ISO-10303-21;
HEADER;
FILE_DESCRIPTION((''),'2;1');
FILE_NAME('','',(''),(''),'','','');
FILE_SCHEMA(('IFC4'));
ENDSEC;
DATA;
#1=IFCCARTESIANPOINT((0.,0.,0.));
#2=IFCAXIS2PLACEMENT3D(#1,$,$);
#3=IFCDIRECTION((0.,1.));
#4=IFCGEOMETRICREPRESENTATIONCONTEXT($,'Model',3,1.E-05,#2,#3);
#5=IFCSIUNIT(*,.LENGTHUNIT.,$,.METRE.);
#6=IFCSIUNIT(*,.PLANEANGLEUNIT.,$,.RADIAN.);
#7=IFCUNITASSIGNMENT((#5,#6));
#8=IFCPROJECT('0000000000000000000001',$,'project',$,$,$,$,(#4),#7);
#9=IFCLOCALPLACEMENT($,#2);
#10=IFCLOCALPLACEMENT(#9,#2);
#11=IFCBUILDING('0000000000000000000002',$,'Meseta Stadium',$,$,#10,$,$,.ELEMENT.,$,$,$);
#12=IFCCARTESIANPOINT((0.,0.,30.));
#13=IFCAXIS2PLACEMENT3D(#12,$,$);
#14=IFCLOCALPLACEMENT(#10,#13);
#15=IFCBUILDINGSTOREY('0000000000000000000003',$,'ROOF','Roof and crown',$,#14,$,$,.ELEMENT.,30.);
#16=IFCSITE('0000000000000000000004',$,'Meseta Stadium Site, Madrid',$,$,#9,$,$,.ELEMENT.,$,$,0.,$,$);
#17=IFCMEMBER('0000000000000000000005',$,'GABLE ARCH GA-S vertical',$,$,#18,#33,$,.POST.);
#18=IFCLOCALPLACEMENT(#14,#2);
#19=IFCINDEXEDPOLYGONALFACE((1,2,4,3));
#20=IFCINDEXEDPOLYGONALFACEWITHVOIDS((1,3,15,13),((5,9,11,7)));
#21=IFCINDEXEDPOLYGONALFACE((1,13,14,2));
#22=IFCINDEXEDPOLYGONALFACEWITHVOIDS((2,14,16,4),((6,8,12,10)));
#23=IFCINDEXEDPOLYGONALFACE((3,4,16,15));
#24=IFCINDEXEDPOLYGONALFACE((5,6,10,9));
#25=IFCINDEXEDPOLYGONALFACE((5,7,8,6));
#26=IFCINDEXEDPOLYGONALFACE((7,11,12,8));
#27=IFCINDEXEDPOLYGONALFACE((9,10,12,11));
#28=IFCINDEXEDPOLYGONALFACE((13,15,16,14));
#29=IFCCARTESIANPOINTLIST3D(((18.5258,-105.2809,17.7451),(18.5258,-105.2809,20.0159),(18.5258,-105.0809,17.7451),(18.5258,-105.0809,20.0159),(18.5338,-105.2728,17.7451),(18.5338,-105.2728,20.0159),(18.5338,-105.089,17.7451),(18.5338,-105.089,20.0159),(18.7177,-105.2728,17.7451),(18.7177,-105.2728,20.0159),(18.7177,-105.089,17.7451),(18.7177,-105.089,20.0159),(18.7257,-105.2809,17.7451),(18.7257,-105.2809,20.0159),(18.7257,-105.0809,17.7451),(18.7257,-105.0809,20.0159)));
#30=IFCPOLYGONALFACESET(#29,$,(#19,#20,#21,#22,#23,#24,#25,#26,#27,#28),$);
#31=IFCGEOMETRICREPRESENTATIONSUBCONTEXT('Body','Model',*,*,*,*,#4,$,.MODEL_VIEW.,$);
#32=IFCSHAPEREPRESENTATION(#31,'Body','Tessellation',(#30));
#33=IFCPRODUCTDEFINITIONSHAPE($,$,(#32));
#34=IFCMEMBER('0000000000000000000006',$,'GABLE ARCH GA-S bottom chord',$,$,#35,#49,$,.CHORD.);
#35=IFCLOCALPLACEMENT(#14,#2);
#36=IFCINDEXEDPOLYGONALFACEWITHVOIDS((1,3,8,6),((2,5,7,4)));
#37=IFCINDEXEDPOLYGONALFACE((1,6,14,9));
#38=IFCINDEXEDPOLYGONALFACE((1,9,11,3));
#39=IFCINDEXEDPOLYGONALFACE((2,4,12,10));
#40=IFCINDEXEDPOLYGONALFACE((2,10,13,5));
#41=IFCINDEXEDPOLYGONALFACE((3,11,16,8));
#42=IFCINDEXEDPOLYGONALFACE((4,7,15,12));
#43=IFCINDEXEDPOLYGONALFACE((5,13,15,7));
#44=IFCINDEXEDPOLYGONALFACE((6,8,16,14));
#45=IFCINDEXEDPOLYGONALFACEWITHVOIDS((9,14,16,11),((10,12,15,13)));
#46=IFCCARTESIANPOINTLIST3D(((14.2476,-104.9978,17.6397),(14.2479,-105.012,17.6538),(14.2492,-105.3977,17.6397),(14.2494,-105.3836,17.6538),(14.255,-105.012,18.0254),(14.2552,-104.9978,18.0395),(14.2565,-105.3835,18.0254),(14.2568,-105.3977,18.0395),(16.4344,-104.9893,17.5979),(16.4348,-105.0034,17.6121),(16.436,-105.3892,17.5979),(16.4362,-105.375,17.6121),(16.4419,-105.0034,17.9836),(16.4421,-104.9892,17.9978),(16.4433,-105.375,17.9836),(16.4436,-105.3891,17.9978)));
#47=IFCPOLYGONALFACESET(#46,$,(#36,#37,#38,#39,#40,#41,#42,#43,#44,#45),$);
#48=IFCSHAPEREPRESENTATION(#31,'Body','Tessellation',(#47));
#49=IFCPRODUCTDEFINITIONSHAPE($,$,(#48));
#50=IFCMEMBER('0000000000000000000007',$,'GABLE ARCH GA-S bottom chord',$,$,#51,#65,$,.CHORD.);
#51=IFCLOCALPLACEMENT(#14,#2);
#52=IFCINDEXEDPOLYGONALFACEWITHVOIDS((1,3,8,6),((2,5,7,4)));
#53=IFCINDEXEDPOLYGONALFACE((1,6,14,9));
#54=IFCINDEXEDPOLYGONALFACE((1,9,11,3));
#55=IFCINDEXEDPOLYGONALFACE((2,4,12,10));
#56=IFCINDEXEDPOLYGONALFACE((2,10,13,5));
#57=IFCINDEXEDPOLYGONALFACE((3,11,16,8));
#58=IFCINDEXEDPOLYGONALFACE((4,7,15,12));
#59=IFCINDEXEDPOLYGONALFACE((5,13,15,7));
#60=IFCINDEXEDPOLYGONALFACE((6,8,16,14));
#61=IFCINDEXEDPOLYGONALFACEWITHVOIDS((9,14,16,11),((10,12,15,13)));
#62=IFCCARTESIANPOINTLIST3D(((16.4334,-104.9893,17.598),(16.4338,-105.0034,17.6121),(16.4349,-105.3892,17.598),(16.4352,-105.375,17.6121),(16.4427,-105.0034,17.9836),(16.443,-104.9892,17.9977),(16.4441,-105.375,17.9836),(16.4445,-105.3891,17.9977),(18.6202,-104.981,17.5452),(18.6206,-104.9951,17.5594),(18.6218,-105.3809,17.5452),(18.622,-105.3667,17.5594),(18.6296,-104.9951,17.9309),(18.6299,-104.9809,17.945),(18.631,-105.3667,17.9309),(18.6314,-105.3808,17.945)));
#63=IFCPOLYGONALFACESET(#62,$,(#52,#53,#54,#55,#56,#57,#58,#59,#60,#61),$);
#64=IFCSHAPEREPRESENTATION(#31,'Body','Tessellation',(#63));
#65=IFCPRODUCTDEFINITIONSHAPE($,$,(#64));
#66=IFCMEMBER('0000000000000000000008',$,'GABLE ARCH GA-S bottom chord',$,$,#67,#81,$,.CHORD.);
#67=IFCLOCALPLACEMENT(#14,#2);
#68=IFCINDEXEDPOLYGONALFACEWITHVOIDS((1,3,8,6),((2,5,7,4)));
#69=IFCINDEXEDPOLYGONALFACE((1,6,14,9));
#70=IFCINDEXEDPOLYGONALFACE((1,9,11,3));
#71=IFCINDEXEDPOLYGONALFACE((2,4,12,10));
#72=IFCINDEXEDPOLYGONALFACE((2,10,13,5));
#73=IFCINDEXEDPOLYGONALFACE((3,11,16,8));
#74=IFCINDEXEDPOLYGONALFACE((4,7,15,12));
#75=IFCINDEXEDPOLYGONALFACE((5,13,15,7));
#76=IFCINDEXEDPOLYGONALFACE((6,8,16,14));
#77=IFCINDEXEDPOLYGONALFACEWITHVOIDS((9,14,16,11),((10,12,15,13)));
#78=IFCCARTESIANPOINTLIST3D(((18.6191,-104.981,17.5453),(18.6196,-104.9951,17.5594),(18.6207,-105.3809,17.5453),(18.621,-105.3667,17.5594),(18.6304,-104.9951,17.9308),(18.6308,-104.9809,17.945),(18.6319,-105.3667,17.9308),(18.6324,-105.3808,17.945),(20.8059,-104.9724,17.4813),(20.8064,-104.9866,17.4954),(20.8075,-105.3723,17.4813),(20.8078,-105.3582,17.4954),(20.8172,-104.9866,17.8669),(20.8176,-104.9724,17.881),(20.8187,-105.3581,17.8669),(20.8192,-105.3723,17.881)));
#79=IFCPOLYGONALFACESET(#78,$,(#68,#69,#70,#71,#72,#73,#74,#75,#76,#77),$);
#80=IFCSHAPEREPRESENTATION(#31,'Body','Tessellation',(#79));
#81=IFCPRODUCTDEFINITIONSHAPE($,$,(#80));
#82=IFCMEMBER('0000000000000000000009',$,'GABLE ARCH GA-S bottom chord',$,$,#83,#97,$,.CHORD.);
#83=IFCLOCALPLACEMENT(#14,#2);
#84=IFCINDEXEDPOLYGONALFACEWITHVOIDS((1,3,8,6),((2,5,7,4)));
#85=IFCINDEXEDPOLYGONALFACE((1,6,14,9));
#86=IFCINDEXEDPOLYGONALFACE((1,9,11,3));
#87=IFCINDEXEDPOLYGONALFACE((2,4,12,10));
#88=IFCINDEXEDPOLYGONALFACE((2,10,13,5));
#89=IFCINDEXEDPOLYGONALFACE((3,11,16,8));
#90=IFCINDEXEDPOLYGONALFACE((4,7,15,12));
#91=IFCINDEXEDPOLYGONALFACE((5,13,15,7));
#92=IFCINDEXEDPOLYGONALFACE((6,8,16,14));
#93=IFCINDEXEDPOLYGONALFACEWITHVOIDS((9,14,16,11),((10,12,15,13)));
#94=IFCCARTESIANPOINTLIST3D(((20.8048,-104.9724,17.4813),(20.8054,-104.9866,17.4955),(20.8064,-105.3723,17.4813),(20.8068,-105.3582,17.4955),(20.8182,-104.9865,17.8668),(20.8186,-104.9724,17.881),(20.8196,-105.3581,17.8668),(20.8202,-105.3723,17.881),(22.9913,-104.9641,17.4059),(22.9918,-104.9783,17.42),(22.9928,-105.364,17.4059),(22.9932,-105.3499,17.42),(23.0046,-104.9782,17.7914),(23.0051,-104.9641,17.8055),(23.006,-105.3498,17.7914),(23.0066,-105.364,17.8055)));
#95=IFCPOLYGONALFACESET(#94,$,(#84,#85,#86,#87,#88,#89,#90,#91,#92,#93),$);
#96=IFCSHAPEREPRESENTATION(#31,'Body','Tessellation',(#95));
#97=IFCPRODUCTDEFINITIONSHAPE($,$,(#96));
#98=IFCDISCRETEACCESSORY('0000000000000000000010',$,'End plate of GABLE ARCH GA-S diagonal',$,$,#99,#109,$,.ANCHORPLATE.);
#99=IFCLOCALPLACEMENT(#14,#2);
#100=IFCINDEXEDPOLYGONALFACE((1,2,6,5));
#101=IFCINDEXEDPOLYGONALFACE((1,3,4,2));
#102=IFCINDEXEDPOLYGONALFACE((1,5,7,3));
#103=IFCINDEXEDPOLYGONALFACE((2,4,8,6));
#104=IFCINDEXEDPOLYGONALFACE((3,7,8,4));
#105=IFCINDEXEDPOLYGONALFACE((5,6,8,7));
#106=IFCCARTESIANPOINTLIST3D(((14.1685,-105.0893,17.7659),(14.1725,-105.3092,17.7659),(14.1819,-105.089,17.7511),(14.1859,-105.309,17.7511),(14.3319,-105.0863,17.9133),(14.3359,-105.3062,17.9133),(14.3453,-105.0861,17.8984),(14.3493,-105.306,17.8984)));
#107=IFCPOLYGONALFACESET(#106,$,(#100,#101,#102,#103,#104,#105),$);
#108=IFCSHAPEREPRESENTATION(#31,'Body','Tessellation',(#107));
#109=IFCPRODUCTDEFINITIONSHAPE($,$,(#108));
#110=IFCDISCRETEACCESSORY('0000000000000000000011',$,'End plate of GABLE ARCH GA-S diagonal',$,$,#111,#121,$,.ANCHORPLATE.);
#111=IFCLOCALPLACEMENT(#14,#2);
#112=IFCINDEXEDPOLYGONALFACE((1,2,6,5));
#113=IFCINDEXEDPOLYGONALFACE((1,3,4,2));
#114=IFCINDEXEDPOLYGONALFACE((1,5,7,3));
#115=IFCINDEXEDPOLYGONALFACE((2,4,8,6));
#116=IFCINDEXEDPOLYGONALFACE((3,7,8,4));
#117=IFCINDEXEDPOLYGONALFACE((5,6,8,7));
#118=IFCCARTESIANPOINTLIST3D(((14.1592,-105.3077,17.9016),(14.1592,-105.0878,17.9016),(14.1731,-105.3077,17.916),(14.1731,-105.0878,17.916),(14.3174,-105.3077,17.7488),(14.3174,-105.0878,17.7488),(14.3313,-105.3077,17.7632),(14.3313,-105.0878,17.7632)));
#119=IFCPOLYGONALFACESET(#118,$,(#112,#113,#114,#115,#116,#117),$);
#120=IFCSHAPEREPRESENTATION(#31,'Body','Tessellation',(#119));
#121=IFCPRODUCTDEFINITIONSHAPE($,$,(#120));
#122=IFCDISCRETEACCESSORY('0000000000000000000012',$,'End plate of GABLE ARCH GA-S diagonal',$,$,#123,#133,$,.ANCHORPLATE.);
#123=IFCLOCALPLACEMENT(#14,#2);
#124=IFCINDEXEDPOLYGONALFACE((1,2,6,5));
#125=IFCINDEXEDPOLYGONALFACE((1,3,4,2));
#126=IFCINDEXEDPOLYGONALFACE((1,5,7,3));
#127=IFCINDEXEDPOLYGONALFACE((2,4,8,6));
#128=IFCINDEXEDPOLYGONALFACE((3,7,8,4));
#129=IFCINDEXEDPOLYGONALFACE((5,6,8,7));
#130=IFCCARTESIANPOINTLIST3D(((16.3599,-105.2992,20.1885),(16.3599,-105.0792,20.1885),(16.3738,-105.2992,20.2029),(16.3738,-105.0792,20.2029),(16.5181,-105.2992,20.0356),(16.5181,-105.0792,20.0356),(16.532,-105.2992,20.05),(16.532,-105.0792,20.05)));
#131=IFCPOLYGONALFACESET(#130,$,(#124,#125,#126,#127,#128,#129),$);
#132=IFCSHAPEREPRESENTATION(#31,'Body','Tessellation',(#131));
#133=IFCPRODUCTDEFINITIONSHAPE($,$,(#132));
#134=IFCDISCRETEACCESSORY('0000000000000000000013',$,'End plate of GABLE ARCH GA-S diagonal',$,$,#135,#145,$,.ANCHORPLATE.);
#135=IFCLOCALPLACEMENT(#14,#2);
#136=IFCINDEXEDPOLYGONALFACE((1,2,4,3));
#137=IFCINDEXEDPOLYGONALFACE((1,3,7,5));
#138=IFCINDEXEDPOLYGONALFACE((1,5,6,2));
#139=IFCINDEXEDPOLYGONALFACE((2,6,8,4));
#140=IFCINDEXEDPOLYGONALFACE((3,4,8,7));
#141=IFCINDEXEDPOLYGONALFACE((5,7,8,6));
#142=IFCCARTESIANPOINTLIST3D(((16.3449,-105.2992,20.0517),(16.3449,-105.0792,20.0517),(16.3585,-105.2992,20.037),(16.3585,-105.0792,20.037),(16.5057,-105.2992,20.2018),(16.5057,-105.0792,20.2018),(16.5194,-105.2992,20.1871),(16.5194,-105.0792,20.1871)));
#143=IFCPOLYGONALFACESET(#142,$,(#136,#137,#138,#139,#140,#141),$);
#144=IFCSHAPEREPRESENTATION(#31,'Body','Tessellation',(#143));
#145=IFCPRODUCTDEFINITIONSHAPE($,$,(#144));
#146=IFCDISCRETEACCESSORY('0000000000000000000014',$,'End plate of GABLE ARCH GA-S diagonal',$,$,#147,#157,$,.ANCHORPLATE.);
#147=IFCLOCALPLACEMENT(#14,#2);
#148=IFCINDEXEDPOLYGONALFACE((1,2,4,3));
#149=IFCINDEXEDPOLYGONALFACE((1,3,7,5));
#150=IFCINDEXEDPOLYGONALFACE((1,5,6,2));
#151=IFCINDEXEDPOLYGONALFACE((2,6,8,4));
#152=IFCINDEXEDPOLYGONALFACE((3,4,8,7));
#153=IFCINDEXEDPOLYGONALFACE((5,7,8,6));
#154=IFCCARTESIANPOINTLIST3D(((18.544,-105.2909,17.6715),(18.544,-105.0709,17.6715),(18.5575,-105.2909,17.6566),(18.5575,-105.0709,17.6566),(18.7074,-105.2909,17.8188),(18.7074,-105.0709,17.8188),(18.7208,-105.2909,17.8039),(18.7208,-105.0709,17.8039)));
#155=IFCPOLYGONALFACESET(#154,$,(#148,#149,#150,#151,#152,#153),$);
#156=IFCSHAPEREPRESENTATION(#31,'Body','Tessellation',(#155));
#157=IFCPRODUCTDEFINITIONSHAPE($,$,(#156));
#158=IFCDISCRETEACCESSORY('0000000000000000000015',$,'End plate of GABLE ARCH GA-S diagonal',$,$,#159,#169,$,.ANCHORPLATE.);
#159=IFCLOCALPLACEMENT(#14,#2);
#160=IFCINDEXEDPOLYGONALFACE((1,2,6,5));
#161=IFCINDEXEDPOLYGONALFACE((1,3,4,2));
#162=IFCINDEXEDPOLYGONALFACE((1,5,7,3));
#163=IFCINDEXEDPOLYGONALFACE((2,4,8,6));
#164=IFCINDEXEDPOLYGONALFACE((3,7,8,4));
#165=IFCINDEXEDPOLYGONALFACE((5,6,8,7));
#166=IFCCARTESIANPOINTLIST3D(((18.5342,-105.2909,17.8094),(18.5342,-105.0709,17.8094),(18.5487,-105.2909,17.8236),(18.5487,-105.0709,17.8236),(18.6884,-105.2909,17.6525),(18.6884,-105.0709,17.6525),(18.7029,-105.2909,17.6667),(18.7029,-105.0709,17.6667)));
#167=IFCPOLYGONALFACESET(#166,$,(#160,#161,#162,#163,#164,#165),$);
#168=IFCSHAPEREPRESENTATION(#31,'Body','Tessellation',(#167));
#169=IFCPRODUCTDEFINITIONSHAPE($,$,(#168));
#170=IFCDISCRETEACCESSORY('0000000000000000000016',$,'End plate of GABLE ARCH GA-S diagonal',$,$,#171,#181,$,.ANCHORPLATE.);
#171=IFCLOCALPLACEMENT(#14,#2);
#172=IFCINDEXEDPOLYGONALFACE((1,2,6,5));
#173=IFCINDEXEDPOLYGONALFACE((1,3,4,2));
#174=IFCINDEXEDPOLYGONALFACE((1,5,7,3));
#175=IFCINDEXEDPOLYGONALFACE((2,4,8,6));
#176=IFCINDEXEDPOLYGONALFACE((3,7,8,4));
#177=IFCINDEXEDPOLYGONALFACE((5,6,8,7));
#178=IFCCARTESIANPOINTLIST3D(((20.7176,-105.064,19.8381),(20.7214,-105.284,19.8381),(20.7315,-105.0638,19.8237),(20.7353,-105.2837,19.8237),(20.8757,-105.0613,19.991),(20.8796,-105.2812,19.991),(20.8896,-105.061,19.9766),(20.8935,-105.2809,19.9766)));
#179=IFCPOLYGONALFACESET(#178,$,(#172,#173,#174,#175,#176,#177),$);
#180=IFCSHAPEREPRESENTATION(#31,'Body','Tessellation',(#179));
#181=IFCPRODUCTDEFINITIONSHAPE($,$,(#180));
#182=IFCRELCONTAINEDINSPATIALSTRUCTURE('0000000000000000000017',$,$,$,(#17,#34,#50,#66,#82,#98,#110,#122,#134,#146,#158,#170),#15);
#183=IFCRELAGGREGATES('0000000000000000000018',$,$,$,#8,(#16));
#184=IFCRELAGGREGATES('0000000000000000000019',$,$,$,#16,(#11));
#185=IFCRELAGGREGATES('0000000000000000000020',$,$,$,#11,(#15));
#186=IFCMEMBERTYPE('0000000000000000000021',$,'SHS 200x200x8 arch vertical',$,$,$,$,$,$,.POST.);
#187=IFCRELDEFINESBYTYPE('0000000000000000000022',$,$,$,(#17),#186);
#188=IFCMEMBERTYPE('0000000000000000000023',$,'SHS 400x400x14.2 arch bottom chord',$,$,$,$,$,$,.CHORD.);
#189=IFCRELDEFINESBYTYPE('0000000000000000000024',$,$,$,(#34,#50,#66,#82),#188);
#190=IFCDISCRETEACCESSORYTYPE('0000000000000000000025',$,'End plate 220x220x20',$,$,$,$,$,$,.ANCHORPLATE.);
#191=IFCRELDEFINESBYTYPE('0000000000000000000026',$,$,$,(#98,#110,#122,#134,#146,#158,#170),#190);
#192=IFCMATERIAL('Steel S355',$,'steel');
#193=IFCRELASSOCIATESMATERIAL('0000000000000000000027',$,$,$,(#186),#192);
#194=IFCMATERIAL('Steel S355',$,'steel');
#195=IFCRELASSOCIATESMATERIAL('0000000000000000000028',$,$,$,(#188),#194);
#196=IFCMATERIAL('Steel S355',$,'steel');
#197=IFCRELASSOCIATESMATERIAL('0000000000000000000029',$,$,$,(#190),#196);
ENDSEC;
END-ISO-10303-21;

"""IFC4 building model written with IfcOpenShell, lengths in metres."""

from ifc_helpers import new_model, si_unit, direction, frame, origin, origin_2d, place, context, subcontext, project, spatial, rectangle, hollow_rectangle, extrude, material, material_profile, profile_set, type_object, element, save


model = new_model("IFC4")

# Units and contexts
model_context = context("Model", 3, precision=1e-05, world=origin(), true_north=direction((0.0, 1.0)))
body_context = subcontext(model_context, "Body", "Model", "MODEL_VIEW")
ifc_project = project(units=[si_unit("LENGTHUNIT", "METRE"), si_unit("PLANEANGLEUNIT", "RADIAN")], contexts=[model_context])

# Site, building, storey
site_placement = place(None, origin())
site = spatial("IfcSite", under=ifc_project, at=site_placement, Name="Meseta Stadium Site, Madrid", CompositionType="ELEMENT", RefElevation=0.0)
building_placement = place(site_placement, origin())
building = spatial("IfcBuilding", under=site, at=building_placement, Name="Meseta Stadium", CompositionType="ELEMENT")
storey_placement = place(building_placement, frame((0.0, 0.0, 30.0)))
storey = spatial("IfcBuildingStorey", under=building, at=storey_placement, Name="ROOF", Description="Roof and crown", CompositionType="ELEMENT", Elevation=30.0)

# Members
ifc_material_1 = material(Name="Steel S355", Category="steel")
ifc_material_profile_1 = material_profile(ifc_material_1, hollow_rectangle(XDim=0.2, YDim=0.2, WallThickness=0.0081, at=origin_2d()), Name="SHS 200x200x8")
ifc_profile_set_1 = profile_set([ifc_material_profile_1], Name="Steel S355")
member_type_1 = type_object("IfcMemberType", Name="SHS 200x200x8 arch vertical", PredefinedType="POST", material=ifc_profile_set_1)
member_1_placement = place(storey_placement, frame((18.6257, -105.1809, 17.7451), z_axis=(0.0, 0.0, 1.0), x_axis=(1.0, 0.0, 0.0)))
element("IfcMember", 1, at=member_1_placement, inside=storey, type_object=member_type_1, Name="GABLE ARCH GA-S vertical", PredefinedType="POST", context=body_context, shape_type="SweptSolid", body=[
    extrude(hollow_rectangle(XDim=0.2, YDim=0.2, WallThickness=0.0081, at=origin_2d()), origin(), (0.0, 0.0, 1.0), 2.2708),
])
ifc_material_2 = material(Name="Steel S355", Category="steel")
ifc_material_profile_2 = material_profile(ifc_material_2, hollow_rectangle(XDim=0.3999, YDim=0.3999, WallThickness=0.0142, at=origin_2d()), Name="SHS 400x400x14.2")
ifc_profile_set_2 = profile_set([ifc_material_profile_2], Name="Steel S355")
member_type_2 = type_object("IfcMemberType", Name="SHS 400x400x14.2 arch bottom chord", PredefinedType="CHORD", material=ifc_profile_set_2)
member_2_placement = place(storey_placement, frame((14.2522, -105.1978, 17.8396), z_axis=(0.99981, 0.003907, -0.019088), x_axis=(-0.003908, 0.999992, 0.0)))
element("IfcMember", 2, at=member_2_placement, inside=storey, type_object=member_type_2, Name="GABLE ARCH GA-S bottom chord", PredefinedType="CHORD", context=body_context, shape_type="SweptSolid", body=[
    extrude(hollow_rectangle(XDim=0.3999, YDim=0.3999, WallThickness=0.0142, at=origin_2d()), origin(), (0.0, 0.0, 1.0), 2.1873),
])
member_3_placement = place(storey_placement, frame((16.439, -105.1892, 17.7979), z_axis=(0.999702, 0.003795, -0.024108), x_axis=(-0.003796, 0.999993, 0.0)))
element("IfcMember", 3, at=member_3_placement, inside=storey, type_object=member_type_2, Name="GABLE ARCH GA-S bottom chord", PredefinedType="CHORD", context=body_context, shape_type="SweptSolid", body=[
    extrude(hollow_rectangle(XDim=0.3999, YDim=0.3999, WallThickness=0.0142, at=origin_2d()), origin(), (0.0, 0.0, 1.0), 2.1875),
])
for number, where, z_axis, x_axis, name in (
    (4, (18.6257, -105.1809, 17.7451), (0.999565, 0.003906, -0.029238), (-0.003908, 0.999992, 0.0), "GABLE ARCH GA-S bottom chord"),
    (5, (20.8125, -105.1724, 17.6812), (0.999398, 0.003794, -0.034481), (-0.003796, 0.999993, 0.0), "GABLE ARCH GA-S bottom chord"),
):
    element("IfcMember", number, at=place(storey_placement, frame(where, z_axis=z_axis, x_axis=x_axis)), inside=storey, type_object=member_type_2, Name=name, PredefinedType="CHORD", context=body_context, shape_type="SweptSolid", body=[
        extrude(hollow_rectangle(XDim=0.3999, YDim=0.3999, WallThickness=0.0142, at=origin_2d()), origin(), (0.0, 0.0, 1.0), 2.1877),
    ])

# Discrete accessories
ifc_material_3 = material(Name="Steel S355", Category="steel")
ifc_material_profile_3 = material_profile(ifc_material_3, rectangle(XDim=0.22, YDim=0.22, at=origin_2d()), Name="PL 220x220")
ifc_profile_set_3 = profile_set([ifc_material_profile_3], Name="Steel S355")
discrete_accessory_type = type_object("IfcDiscreteAccessoryType", Name="End plate 220x220x20", PredefinedType="ANCHORPLATE", material=ifc_profile_set_3)
for number, where, z_axis, x_axis, name in (
    (6, (14.2522, -105.1978, 17.8396), (0.669587, 0.012174, -0.742633), (-0.018179, 0.999835, 0.0), "End plate of GABLE ARCH GA-S diagonal"),
    (7, (14.2383, -105.1978, 17.8252), (0.694812, 0.0, 0.719191), (0.0, 1.0, 0.0), "End plate of GABLE ARCH GA-S diagonal"),
    (8, (16.439, -105.1892, 20.1121), (0.694812, 0.0, 0.719191), (0.0, 1.0, 0.0), "End plate of GABLE ARCH GA-S diagonal"),
    (9, (16.4253, -105.1892, 20.1267), (0.682318, 0.0, -0.731055), (0.0, 1.0, 0.0), "End plate of GABLE ARCH GA-S diagonal"),
    (10, (18.6257, -105.1809, 17.7451), (0.669637, 0.0, -0.742688), (0.0, 1.0, 0.0), "End plate of GABLE ARCH GA-S diagonal"),
):
    element("IfcDiscreteAccessory", number, at=place(storey_placement, frame(where, z_axis=z_axis, x_axis=x_axis)), inside=storey, type_object=discrete_accessory_type, Name=name, PredefinedType="ANCHORPLATE", context=body_context, shape_type="SweptSolid", body=[
        extrude(rectangle(XDim=0.22, YDim=0.22, at=origin_2d()), origin(), (0.0, 0.0, 1.0), 0.02),
    ])
discrete_accessory_1_placement = place(storey_placement, frame((18.6113, -105.1809, 17.731), z_axis=(0.713124, 0.0, 0.701038), x_axis=(0.0, 1.0, 0.0)))
element("IfcDiscreteAccessory", 11, at=discrete_accessory_1_placement, inside=storey, type_object=discrete_accessory_type, Name="End plate of GABLE ARCH GA-S diagonal", PredefinedType="ANCHORPLATE", context=body_context, shape_type="SweptSolid", body=[
    extrude(rectangle(XDim=0.22, YDim=0.22, at=origin_2d()), origin(), (0.0, 0.0, 1.0), 0.0203),
])
discrete_accessory_2_placement = place(storey_placement, frame((20.7986, -105.1726, 19.9146), z_axis=(0.69476, 0.012189, -0.719138), x_axis=(-0.017541, 0.999846, 0.0)))
element("IfcDiscreteAccessory", 12, at=discrete_accessory_2_placement, inside=storey, type_object=discrete_accessory_type, Name="End plate of GABLE ARCH GA-S diagonal", PredefinedType="ANCHORPLATE", context=body_context, shape_type="SweptSolid", body=[
    extrude(rectangle(XDim=0.22, YDim=0.22, at=origin_2d()), origin(), (0.0, 0.0, 1.0), 0.02),
])

save(model, "model.ifc")
